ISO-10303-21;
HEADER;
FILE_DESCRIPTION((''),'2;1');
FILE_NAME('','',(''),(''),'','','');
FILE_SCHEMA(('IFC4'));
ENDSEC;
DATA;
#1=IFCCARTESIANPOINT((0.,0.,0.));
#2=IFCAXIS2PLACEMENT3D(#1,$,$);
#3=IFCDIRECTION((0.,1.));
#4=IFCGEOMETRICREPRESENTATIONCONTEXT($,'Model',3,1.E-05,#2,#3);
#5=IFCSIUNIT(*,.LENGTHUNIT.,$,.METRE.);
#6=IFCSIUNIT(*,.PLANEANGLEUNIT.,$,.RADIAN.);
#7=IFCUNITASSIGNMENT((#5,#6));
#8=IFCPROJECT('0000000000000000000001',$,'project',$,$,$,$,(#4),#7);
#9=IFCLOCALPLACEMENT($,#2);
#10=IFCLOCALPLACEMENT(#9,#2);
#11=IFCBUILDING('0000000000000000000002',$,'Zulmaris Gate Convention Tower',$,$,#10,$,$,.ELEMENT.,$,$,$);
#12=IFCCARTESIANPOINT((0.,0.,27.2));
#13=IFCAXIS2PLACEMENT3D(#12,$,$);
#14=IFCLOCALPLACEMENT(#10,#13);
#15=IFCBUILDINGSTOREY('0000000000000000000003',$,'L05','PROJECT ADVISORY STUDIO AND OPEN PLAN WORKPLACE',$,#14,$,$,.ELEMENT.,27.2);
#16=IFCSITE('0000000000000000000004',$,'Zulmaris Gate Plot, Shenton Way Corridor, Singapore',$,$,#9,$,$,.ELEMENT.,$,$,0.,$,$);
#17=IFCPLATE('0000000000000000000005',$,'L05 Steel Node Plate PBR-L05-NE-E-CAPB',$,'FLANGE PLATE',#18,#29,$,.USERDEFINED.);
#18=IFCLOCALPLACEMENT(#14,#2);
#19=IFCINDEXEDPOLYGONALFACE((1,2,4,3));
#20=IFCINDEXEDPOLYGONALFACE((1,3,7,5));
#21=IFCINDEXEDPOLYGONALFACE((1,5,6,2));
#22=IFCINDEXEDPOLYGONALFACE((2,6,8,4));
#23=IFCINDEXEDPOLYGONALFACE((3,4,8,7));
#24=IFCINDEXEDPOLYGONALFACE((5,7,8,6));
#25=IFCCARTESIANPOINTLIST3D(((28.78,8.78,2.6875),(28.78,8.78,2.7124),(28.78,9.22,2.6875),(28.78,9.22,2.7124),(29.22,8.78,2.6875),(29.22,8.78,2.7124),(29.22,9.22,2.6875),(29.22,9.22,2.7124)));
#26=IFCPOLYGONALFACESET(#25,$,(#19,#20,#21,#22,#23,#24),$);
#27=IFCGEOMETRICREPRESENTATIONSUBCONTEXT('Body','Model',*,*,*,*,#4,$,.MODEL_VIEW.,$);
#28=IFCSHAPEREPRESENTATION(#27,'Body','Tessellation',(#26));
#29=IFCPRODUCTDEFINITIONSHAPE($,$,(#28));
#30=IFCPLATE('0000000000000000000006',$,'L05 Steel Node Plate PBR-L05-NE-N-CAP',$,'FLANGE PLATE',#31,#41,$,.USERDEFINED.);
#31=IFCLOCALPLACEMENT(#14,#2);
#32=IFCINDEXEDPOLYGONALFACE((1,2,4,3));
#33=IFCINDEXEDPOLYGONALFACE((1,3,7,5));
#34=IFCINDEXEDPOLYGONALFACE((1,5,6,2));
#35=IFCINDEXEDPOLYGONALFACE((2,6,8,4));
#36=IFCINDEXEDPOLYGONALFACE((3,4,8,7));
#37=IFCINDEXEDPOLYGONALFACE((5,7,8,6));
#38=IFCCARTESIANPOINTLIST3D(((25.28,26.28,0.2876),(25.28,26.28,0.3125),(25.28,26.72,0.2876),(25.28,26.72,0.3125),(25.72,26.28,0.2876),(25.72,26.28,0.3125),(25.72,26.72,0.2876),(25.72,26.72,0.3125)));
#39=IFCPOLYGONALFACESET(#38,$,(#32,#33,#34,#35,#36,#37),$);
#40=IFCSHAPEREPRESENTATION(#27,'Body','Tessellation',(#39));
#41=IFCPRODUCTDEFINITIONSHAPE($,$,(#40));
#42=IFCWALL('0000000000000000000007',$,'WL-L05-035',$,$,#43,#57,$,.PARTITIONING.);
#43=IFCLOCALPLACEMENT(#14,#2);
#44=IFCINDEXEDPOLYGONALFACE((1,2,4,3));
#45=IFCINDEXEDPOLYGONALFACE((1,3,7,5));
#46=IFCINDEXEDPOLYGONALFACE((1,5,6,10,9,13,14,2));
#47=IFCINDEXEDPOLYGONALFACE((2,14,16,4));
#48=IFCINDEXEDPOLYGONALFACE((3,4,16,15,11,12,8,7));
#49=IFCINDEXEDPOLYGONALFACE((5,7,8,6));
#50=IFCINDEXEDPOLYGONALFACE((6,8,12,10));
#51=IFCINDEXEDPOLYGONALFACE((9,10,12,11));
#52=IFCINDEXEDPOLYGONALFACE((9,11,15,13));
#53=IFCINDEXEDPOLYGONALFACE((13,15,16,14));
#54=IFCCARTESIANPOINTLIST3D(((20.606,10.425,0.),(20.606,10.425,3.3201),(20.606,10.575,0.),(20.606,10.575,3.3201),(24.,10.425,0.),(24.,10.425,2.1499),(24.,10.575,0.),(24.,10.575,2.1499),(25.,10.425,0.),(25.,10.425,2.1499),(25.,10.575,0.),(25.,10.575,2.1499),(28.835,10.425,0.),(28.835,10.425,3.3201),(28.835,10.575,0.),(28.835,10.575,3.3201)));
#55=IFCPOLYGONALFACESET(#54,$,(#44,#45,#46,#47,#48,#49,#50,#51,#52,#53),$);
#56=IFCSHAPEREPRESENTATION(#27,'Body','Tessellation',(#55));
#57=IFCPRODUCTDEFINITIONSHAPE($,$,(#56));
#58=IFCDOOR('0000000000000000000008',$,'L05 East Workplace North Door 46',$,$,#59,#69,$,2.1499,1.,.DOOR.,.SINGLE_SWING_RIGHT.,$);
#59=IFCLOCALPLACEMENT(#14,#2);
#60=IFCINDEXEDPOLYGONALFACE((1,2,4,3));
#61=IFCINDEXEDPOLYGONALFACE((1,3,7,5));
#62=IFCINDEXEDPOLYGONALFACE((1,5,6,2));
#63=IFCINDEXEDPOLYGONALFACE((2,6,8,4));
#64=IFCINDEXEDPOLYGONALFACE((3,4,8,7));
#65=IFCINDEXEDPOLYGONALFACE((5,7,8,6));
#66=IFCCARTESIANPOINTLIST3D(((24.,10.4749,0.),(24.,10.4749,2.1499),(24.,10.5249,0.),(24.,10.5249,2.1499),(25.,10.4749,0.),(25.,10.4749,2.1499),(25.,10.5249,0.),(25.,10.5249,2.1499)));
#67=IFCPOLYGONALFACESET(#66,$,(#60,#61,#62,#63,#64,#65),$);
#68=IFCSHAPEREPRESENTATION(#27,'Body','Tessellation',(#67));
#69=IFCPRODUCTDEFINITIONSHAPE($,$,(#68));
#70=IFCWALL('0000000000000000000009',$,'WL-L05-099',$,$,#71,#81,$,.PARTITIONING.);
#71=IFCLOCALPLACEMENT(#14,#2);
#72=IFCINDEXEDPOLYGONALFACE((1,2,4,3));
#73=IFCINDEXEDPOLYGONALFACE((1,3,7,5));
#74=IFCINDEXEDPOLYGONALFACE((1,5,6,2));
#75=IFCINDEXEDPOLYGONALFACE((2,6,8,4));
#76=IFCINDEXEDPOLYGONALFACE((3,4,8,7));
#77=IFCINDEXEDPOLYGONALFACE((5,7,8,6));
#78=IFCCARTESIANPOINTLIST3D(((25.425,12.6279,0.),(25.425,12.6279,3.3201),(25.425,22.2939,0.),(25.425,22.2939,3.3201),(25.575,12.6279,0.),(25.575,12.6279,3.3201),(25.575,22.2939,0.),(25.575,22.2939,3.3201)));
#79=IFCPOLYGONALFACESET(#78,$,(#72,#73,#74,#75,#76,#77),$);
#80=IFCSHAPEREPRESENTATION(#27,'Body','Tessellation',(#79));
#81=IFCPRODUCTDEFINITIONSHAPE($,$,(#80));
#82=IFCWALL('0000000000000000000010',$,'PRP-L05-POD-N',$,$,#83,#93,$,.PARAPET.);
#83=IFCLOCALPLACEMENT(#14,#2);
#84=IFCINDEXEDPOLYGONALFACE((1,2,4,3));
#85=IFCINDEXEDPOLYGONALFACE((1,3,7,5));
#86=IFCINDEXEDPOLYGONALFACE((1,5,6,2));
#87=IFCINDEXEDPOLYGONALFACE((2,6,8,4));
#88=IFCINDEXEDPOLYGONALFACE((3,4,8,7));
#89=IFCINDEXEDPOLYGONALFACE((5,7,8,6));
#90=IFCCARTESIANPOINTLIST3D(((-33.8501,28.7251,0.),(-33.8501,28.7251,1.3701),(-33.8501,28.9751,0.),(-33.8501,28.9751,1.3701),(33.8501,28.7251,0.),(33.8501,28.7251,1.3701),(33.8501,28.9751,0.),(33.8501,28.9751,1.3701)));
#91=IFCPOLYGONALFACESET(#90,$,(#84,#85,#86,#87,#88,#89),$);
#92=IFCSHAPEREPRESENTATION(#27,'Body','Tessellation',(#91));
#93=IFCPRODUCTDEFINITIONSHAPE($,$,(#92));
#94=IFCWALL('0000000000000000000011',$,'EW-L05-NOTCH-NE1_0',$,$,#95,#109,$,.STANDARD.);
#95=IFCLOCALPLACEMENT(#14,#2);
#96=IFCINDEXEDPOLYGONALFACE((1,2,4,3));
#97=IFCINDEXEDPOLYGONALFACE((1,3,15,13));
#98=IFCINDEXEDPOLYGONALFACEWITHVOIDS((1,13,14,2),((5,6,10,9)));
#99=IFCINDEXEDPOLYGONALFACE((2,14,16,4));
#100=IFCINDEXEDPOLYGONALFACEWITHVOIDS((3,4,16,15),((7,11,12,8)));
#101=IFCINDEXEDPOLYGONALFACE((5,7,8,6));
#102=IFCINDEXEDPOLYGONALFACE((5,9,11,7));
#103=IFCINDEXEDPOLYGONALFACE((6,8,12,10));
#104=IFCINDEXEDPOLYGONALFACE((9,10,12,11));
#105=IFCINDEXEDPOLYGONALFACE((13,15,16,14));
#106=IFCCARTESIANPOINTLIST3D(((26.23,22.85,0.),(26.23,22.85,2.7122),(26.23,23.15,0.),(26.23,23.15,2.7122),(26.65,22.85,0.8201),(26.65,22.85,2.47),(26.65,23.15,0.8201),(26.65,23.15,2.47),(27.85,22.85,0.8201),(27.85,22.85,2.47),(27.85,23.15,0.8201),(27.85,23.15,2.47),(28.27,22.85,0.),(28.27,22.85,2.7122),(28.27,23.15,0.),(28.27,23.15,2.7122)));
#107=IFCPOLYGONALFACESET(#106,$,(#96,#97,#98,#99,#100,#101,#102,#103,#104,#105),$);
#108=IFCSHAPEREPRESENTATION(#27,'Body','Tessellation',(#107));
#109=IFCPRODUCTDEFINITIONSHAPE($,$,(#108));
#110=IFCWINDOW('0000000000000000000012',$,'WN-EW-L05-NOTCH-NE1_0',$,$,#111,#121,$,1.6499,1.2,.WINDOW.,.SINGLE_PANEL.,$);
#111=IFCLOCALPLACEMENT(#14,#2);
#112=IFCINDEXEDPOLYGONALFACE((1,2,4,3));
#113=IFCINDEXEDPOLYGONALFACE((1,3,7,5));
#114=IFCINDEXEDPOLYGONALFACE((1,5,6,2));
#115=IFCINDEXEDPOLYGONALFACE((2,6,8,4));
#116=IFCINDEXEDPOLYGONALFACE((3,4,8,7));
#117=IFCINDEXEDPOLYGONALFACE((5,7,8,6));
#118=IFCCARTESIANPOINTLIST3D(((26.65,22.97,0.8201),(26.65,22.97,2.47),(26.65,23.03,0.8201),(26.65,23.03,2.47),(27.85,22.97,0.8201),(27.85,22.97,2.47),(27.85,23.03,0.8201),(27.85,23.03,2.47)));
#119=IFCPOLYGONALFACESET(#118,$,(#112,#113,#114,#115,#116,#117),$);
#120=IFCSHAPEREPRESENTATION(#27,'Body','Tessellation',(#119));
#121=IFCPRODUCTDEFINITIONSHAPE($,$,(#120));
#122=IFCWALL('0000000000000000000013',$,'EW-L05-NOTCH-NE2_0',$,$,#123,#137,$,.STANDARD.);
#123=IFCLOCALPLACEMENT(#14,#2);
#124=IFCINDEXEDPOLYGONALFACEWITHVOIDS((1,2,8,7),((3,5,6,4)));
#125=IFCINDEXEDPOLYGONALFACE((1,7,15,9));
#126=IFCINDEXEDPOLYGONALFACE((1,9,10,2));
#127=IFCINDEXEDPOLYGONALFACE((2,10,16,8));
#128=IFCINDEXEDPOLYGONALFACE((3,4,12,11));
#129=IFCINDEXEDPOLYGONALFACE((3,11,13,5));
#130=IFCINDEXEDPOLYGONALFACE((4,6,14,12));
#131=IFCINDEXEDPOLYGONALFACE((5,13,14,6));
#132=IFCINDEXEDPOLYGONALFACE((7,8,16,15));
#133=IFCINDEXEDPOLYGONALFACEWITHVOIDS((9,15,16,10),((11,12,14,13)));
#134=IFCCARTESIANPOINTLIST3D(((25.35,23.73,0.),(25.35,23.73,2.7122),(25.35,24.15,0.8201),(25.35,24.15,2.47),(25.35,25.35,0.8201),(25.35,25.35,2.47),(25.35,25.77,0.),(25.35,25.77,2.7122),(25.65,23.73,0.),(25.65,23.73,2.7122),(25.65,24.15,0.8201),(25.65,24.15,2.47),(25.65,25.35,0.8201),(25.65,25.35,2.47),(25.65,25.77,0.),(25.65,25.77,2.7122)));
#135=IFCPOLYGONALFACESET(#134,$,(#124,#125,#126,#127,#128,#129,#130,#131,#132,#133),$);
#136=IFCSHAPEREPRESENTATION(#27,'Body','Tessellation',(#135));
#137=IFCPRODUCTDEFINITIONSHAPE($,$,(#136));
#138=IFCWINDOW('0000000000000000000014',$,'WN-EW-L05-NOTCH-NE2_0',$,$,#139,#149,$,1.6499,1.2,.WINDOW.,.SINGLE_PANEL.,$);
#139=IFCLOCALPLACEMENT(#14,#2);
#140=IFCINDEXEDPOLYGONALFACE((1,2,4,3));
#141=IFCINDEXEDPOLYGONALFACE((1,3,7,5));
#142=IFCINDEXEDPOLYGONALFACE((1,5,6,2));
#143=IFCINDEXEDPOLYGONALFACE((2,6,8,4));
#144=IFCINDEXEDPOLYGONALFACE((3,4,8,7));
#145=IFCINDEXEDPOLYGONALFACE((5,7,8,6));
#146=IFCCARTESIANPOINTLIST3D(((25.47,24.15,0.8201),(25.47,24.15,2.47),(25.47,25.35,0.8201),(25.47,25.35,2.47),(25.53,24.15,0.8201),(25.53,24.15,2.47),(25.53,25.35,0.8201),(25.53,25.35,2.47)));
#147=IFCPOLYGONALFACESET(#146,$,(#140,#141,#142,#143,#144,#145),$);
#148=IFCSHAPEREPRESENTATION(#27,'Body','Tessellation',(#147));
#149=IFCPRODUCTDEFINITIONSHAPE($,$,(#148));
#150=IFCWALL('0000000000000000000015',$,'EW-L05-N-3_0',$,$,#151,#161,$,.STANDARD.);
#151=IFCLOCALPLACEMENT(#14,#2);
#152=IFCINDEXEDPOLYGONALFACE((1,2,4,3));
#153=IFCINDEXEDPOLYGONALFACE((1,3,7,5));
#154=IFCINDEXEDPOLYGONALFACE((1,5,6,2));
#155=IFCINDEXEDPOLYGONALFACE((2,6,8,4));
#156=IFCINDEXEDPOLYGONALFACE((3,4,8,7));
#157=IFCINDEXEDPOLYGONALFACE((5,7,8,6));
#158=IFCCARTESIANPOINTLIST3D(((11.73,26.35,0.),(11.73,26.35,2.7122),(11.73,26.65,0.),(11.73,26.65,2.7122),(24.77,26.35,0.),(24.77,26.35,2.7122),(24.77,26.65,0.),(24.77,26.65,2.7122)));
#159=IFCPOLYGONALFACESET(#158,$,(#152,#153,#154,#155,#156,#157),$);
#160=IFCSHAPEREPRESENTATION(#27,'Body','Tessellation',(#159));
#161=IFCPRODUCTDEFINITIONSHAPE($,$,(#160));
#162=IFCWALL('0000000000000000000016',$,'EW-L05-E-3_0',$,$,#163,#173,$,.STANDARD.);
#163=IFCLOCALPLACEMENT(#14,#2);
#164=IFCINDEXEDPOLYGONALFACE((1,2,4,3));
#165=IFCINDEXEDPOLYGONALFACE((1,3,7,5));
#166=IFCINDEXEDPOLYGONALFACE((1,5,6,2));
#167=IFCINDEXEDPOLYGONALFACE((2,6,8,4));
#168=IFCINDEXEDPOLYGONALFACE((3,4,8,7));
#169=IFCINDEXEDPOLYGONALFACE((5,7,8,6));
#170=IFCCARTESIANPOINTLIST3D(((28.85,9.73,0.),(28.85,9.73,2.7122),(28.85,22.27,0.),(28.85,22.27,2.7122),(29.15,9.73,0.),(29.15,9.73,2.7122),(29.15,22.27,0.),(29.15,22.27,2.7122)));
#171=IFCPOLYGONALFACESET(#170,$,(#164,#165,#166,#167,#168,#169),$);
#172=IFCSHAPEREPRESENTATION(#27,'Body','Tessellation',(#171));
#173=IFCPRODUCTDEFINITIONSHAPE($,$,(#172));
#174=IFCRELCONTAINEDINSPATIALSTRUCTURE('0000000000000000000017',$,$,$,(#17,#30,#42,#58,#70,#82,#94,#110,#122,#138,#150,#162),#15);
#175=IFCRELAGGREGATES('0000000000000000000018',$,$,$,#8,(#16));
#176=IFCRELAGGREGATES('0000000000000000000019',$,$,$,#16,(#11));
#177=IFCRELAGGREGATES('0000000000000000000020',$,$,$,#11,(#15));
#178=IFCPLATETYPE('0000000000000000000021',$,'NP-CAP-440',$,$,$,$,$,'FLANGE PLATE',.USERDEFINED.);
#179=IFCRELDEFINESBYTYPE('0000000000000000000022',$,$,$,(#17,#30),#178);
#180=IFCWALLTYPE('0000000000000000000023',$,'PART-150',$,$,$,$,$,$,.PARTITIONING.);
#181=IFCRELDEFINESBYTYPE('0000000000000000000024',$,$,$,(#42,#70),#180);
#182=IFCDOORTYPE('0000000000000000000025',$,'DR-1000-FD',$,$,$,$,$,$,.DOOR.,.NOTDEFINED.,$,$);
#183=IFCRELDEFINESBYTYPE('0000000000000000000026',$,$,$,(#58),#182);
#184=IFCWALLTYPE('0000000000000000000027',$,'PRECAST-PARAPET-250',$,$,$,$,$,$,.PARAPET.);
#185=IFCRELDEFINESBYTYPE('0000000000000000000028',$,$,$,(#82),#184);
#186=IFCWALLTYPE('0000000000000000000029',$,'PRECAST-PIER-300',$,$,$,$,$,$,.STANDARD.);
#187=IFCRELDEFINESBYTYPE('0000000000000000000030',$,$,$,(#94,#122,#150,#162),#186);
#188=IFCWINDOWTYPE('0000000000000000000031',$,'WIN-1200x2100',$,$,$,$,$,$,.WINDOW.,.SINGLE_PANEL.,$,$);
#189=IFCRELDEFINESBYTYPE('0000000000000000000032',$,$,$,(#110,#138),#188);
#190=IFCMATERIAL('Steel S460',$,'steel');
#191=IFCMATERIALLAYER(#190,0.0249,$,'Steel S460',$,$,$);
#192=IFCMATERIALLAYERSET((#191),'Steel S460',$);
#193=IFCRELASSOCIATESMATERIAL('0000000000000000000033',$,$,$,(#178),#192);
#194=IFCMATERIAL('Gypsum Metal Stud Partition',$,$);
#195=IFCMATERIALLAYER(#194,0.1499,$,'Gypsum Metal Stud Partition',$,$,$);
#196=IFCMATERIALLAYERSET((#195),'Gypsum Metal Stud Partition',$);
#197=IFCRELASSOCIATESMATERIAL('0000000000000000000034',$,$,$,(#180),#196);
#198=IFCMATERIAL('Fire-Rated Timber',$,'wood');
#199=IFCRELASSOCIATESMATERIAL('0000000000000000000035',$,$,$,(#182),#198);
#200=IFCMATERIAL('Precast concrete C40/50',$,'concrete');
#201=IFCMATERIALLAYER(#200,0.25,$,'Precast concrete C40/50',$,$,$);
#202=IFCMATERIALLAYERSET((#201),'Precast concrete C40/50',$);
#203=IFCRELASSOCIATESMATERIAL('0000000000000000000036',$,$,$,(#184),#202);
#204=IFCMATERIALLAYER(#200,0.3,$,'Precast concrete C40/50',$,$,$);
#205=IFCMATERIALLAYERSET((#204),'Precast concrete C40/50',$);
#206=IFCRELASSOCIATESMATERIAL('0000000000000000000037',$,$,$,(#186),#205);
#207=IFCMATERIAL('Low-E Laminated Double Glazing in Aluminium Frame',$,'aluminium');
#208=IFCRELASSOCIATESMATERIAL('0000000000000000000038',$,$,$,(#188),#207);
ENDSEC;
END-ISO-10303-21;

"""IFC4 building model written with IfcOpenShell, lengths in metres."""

from ifc_helpers import new_model, si_unit, direction, frame, frame_2d, origin, origin_2d, place, context, subcontext, project, spatial, rectangle, extrude, material, layer, layer_set, type_object, element, fill, save


model = new_model("IFC4")

# Units and contexts
model_context = context("Model", 3, precision=1e-05, world=origin(), true_north=direction((0.0, 1.0)))
body_context = subcontext(model_context, "Body", "Model", "MODEL_VIEW")
ifc_project = project(units=[si_unit("LENGTHUNIT", "METRE"), si_unit("PLANEANGLEUNIT", "RADIAN")], contexts=[model_context])

# Site, building, storey
site_placement = place(None, origin())
site = spatial("IfcSite", under=ifc_project, at=site_placement, Name="Zulmaris Gate Plot, Shenton Way Corridor, Singapore", CompositionType="ELEMENT", RefElevation=0.0)
building_placement = place(site_placement, origin())
building = spatial("IfcBuilding", under=site, at=building_placement, Name="Zulmaris Gate Convention Tower", CompositionType="ELEMENT")
storey_placement = place(building_placement, frame((0.0, 0.0, 27.2)))
storey = spatial("IfcBuildingStorey", under=building, at=storey_placement, Name="L05", Description="PROJECT ADVISORY STUDIO AND OPEN PLAN WORKPLACE", CompositionType="ELEMENT", Elevation=27.2)

# Shared definitions
ifc_material_1 = material(Name="Steel S460", Category="steel")

# Plates
ifc_layer_1 = layer(ifc_material_1, 0.0249, Name="Steel S460")
ifc_layer_set_1 = layer_set([ifc_layer_1], Name="Steel S460")
plate_type = type_object("IfcPlateType", Name="NP-CAP-440", ElementType="FLANGE PLATE", PredefinedType="USERDEFINED", material=ifc_layer_set_1)
for number, where, z_axis, x_axis, name in (
    (1, (29.0, 9.0, 2.6875), (0.0, 0.0, 1.0), (1.0, 0.0, 0.0), "L05 Steel Node Plate PBR-L05-NE-E-CAPB"),
    (2, (25.5, 26.5, 0.2876), (0.0, 0.0, 1.0), (1.0, 0.0, 0.0), "L05 Steel Node Plate PBR-L05-NE-N-CAP"),
):
    element("IfcPlate", number, at=place(storey_placement, frame(where, z_axis=z_axis, x_axis=x_axis)), inside=storey, type_object=plate_type, Name=name, ObjectType="FLANGE PLATE", PredefinedType="USERDEFINED", context=body_context, shape_type="SweptSolid", body=[
        extrude(rectangle(XDim=0.4399, YDim=0.4399, at=origin_2d()), origin(), (0.0, 0.0, 1.0), 0.0249),
    ])

# Shared definitions
ifc_material_2 = material(Name="Fire-Rated Timber", Category="wood")

# Wall, opening, door
ifc_material_3 = material(Name="Gypsum Metal Stud Partition")
ifc_layer_2 = layer(ifc_material_3, 0.1499, Name="Gypsum Metal Stud Partition")
ifc_layer_set_2 = layer_set([ifc_layer_2], Name="Gypsum Metal Stud Partition")
wall_type_1 = type_object("IfcWallType", Name="PART-150", PredefinedType="PARTITIONING", material=ifc_layer_set_2)
wall_1_placement = place(storey_placement, frame((20.606, 10.5, 0.0), z_axis=(0.0, 0.0, 1.0), x_axis=(1.0, 0.0, 0.0)))
wall_1 = element("IfcWall", 3, at=wall_1_placement, inside=storey, type_object=wall_type_1, Name="WL-L05-035", PredefinedType="PARTITIONING", context=body_context, shape_type="SweptSolid", body=[
    extrude(rectangle(XDim=8.229, YDim=0.1499, at=frame_2d((4.1145, 0.0))), origin(), (0.0, 0.0, 1.0), 3.3201),
])
opening_1_placement = place(wall_1_placement, frame((3.394, 0.0, 0.0)))
opening_1 = element("IfcOpeningElement", 4, at=opening_1_placement, cuts=wall_1, PredefinedType="OPENING", context=body_context, shape_type="SweptSolid", body=[
    extrude(rectangle(XDim=1.0, YDim=2.1499, at=frame_2d((0.5, 1.075))), frame((0.0, 0.085, 0.0), z_axis=(0.0, -1.0, 0.0), x_axis=(1.0, 0.0, 0.0)), (0.0, 0.0, 1.0), 0.1699),
])
door_type_1 = type_object("IfcDoorType", Name="DR-1000-FD", OperationType="NOTDEFINED", PredefinedType="DOOR", material=ifc_material_2)
door_1_placement = place(opening_1_placement, origin())
door_1 = element("IfcDoor", 5, at=door_1_placement, inside=storey, type_object=door_type_1, Name="L05 East Workplace North Door 46", OperationType="SINGLE_SWING_RIGHT", OverallHeight=2.1499, OverallWidth=1.0, PredefinedType="DOOR", context=body_context, shape_type="SweptSolid", body=[
    extrude(rectangle(XDim=1.0, YDim=2.1499, at=frame_2d((0.5, 1.075))), frame((0.0, 0.0249, 0.0), z_axis=(0.0, -1.0, 0.0), x_axis=(1.0, 0.0, 0.0)), (0.0, 0.0, 1.0), 0.05),
])
fill(opening_1, door_1)

# Walls
wall_2_placement = place(storey_placement, frame((25.5, 12.6279, 0.0), z_axis=(0.0, 0.0, 1.0), x_axis=(0.0, 1.0, 0.0)))
element("IfcWall", 6, at=wall_2_placement, inside=storey, type_object=wall_type_1, Name="WL-L05-099", PredefinedType="PARTITIONING", context=body_context, shape_type="SweptSolid", body=[
    extrude(rectangle(XDim=9.666, YDim=0.1499, at=frame_2d((4.833, 0.0))), origin(), (0.0, 0.0, 1.0), 3.3201),
])
ifc_material_4 = material(Name="Precast concrete C40/50", Category="concrete")
ifc_layer_3 = layer(ifc_material_4, 0.25, Name="Precast concrete C40/50")
ifc_layer_set_3 = layer_set([ifc_layer_3], Name="Precast concrete C40/50")
wall_type_2 = type_object("IfcWallType", Name="PRECAST-PARAPET-250", PredefinedType="PARAPET", material=ifc_layer_set_3)
wall_3_placement = place(storey_placement, frame((33.8501, 28.8501, 0.0), z_axis=(0.0, 0.0, 1.0), x_axis=(-1.0, 0.0, 0.0)))
element("IfcWall", 7, at=wall_3_placement, inside=storey, type_object=wall_type_2, Name="PRP-L05-POD-N", PredefinedType="PARAPET", context=body_context, shape_type="SweptSolid", body=[
    extrude(rectangle(XDim=67.7002, YDim=0.25, at=frame_2d((33.8501, 0.0))), origin(), (0.0, 0.0, 1.0), 1.3701),
])

# Walls, openings, windows
ifc_layer_4 = layer(ifc_material_4, 0.3, Name="Precast concrete C40/50")
ifc_layer_set_4 = layer_set([ifc_layer_4], Name="Precast concrete C40/50")
wall_type_3 = type_object("IfcWallType", Name="PRECAST-PIER-300", PredefinedType="STANDARD", material=ifc_layer_set_4)
wall_4_placement = place(storey_placement, frame((28.27, 23.0, 0.0), z_axis=(0.0, 0.0, 1.0), x_axis=(-1.0, 0.0, 0.0)))
wall_4 = element("IfcWall", 8, at=wall_4_placement, inside=storey, type_object=wall_type_3, Name="EW-L05-NOTCH-NE1_0", PredefinedType="STANDARD", context=body_context, shape_type="SweptSolid", body=[
    extrude(rectangle(XDim=2.04, YDim=0.3, at=frame_2d((1.02, 0.0))), origin(), (0.0, 0.0, 1.0), 2.7122),
])
opening_2_placement = place(wall_4_placement, frame((0.4199, 0.0, 0.8201)))
opening_2 = element("IfcOpeningElement", 9, at=opening_2_placement, cuts=wall_4, PredefinedType="OPENING", context=body_context, shape_type="SweptSolid", body=[
    extrude(rectangle(XDim=1.2, YDim=1.6499, at=frame_2d((0.6001, 0.825))), frame((0.0, 0.1602, 0.0), z_axis=(0.0, -1.0, 0.0), x_axis=(1.0, 0.0, 0.0)), (0.0, 0.0, 1.0), 0.3201),
])
ifc_material_5 = material(Name="Low-E Laminated Double Glazing in Aluminium Frame", Category="aluminium")
window_type = type_object("IfcWindowType", Name="WIN-1200x2100", PartitioningType="SINGLE_PANEL", PredefinedType="WINDOW", material=ifc_material_5)
window_1_placement = place(opening_2_placement, origin())
window_1 = element("IfcWindow", 10, at=window_1_placement, inside=storey, type_object=window_type, Name="WN-EW-L05-NOTCH-NE1_0", OverallHeight=1.6499, OverallWidth=1.2, PartitioningType="SINGLE_PANEL", PredefinedType="WINDOW", context=body_context, shape_type="SweptSolid", body=[
    extrude(rectangle(XDim=1.2, YDim=1.6499, at=frame_2d((0.6001, 0.825))), frame((0.0, 0.03, 0.0), z_axis=(0.0, -1.0, 0.0), x_axis=(1.0, 0.0, 0.0)), (0.0, 0.0, 1.0), 0.0601),
])
fill(opening_2, window_1)
wall_5_placement = place(storey_placement, frame((25.5, 23.73, 0.0), z_axis=(0.0, 0.0, 1.0), x_axis=(0.0, 1.0, 0.0)))
wall_5 = element("IfcWall", 11, at=wall_5_placement, inside=storey, type_object=wall_type_3, Name="EW-L05-NOTCH-NE2_0", PredefinedType="STANDARD", context=body_context, shape_type="SweptSolid", body=[
    extrude(rectangle(XDim=2.04, YDim=0.3, at=frame_2d((1.02, 0.0))), origin(), (0.0, 0.0, 1.0), 2.7122),
])
opening_3_placement = place(wall_5_placement, frame((0.4199, 0.0, 0.8201)))
opening_3 = element("IfcOpeningElement", 12, at=opening_3_placement, cuts=wall_5, PredefinedType="OPENING", context=body_context, shape_type="SweptSolid", body=[
    extrude(rectangle(XDim=1.2, YDim=1.6499, at=frame_2d((0.6001, 0.825))), frame((0.0, 0.1602, 0.0), z_axis=(0.0, -1.0, 0.0), x_axis=(1.0, 0.0, 0.0)), (0.0, 0.0, 1.0), 0.3201),
])
window_2_placement = place(opening_3_placement, origin())
window_2 = element("IfcWindow", 13, at=window_2_placement, inside=storey, type_object=window_type, Name="WN-EW-L05-NOTCH-NE2_0", OverallHeight=1.6499, OverallWidth=1.2, PartitioningType="SINGLE_PANEL", PredefinedType="WINDOW", context=body_context, shape_type="SweptSolid", body=[
    extrude(rectangle(XDim=1.2, YDim=1.6499, at=frame_2d((0.6001, 0.825))), frame((0.0, 0.03, 0.0), z_axis=(0.0, -1.0, 0.0), x_axis=(1.0, 0.0, 0.0)), (0.0, 0.0, 1.0), 0.0601),
])
fill(opening_3, window_2)

# Walls
wall_6_placement = place(storey_placement, frame((24.77, 26.5, 0.0), z_axis=(0.0, 0.0, 1.0), x_axis=(-1.0, 0.0, 0.0)))
element("IfcWall", 14, at=wall_6_placement, inside=storey, type_object=wall_type_3, Name="EW-L05-N-3_0", PredefinedType="STANDARD", context=body_context, shape_type="SweptSolid", body=[
    extrude(rectangle(XDim=13.04, YDim=0.3, at=frame_2d((6.52, 0.0))), origin(), (0.0, 0.0, 1.0), 2.7122),
])
wall_7_placement = place(storey_placement, frame((29.0, 9.73, 0.0), z_axis=(0.0, 0.0, 1.0), x_axis=(0.0, 1.0, 0.0)))
element("IfcWall", 15, at=wall_7_placement, inside=storey, type_object=wall_type_3, Name="EW-L05-E-3_0", PredefinedType="STANDARD", context=body_context, shape_type="SweptSolid", body=[
    extrude(rectangle(XDim=12.54, YDim=0.3, at=frame_2d((6.27, 0.0))), origin(), (0.0, 0.0, 1.0), 2.7122),
])

save(model, "model.ifc")
